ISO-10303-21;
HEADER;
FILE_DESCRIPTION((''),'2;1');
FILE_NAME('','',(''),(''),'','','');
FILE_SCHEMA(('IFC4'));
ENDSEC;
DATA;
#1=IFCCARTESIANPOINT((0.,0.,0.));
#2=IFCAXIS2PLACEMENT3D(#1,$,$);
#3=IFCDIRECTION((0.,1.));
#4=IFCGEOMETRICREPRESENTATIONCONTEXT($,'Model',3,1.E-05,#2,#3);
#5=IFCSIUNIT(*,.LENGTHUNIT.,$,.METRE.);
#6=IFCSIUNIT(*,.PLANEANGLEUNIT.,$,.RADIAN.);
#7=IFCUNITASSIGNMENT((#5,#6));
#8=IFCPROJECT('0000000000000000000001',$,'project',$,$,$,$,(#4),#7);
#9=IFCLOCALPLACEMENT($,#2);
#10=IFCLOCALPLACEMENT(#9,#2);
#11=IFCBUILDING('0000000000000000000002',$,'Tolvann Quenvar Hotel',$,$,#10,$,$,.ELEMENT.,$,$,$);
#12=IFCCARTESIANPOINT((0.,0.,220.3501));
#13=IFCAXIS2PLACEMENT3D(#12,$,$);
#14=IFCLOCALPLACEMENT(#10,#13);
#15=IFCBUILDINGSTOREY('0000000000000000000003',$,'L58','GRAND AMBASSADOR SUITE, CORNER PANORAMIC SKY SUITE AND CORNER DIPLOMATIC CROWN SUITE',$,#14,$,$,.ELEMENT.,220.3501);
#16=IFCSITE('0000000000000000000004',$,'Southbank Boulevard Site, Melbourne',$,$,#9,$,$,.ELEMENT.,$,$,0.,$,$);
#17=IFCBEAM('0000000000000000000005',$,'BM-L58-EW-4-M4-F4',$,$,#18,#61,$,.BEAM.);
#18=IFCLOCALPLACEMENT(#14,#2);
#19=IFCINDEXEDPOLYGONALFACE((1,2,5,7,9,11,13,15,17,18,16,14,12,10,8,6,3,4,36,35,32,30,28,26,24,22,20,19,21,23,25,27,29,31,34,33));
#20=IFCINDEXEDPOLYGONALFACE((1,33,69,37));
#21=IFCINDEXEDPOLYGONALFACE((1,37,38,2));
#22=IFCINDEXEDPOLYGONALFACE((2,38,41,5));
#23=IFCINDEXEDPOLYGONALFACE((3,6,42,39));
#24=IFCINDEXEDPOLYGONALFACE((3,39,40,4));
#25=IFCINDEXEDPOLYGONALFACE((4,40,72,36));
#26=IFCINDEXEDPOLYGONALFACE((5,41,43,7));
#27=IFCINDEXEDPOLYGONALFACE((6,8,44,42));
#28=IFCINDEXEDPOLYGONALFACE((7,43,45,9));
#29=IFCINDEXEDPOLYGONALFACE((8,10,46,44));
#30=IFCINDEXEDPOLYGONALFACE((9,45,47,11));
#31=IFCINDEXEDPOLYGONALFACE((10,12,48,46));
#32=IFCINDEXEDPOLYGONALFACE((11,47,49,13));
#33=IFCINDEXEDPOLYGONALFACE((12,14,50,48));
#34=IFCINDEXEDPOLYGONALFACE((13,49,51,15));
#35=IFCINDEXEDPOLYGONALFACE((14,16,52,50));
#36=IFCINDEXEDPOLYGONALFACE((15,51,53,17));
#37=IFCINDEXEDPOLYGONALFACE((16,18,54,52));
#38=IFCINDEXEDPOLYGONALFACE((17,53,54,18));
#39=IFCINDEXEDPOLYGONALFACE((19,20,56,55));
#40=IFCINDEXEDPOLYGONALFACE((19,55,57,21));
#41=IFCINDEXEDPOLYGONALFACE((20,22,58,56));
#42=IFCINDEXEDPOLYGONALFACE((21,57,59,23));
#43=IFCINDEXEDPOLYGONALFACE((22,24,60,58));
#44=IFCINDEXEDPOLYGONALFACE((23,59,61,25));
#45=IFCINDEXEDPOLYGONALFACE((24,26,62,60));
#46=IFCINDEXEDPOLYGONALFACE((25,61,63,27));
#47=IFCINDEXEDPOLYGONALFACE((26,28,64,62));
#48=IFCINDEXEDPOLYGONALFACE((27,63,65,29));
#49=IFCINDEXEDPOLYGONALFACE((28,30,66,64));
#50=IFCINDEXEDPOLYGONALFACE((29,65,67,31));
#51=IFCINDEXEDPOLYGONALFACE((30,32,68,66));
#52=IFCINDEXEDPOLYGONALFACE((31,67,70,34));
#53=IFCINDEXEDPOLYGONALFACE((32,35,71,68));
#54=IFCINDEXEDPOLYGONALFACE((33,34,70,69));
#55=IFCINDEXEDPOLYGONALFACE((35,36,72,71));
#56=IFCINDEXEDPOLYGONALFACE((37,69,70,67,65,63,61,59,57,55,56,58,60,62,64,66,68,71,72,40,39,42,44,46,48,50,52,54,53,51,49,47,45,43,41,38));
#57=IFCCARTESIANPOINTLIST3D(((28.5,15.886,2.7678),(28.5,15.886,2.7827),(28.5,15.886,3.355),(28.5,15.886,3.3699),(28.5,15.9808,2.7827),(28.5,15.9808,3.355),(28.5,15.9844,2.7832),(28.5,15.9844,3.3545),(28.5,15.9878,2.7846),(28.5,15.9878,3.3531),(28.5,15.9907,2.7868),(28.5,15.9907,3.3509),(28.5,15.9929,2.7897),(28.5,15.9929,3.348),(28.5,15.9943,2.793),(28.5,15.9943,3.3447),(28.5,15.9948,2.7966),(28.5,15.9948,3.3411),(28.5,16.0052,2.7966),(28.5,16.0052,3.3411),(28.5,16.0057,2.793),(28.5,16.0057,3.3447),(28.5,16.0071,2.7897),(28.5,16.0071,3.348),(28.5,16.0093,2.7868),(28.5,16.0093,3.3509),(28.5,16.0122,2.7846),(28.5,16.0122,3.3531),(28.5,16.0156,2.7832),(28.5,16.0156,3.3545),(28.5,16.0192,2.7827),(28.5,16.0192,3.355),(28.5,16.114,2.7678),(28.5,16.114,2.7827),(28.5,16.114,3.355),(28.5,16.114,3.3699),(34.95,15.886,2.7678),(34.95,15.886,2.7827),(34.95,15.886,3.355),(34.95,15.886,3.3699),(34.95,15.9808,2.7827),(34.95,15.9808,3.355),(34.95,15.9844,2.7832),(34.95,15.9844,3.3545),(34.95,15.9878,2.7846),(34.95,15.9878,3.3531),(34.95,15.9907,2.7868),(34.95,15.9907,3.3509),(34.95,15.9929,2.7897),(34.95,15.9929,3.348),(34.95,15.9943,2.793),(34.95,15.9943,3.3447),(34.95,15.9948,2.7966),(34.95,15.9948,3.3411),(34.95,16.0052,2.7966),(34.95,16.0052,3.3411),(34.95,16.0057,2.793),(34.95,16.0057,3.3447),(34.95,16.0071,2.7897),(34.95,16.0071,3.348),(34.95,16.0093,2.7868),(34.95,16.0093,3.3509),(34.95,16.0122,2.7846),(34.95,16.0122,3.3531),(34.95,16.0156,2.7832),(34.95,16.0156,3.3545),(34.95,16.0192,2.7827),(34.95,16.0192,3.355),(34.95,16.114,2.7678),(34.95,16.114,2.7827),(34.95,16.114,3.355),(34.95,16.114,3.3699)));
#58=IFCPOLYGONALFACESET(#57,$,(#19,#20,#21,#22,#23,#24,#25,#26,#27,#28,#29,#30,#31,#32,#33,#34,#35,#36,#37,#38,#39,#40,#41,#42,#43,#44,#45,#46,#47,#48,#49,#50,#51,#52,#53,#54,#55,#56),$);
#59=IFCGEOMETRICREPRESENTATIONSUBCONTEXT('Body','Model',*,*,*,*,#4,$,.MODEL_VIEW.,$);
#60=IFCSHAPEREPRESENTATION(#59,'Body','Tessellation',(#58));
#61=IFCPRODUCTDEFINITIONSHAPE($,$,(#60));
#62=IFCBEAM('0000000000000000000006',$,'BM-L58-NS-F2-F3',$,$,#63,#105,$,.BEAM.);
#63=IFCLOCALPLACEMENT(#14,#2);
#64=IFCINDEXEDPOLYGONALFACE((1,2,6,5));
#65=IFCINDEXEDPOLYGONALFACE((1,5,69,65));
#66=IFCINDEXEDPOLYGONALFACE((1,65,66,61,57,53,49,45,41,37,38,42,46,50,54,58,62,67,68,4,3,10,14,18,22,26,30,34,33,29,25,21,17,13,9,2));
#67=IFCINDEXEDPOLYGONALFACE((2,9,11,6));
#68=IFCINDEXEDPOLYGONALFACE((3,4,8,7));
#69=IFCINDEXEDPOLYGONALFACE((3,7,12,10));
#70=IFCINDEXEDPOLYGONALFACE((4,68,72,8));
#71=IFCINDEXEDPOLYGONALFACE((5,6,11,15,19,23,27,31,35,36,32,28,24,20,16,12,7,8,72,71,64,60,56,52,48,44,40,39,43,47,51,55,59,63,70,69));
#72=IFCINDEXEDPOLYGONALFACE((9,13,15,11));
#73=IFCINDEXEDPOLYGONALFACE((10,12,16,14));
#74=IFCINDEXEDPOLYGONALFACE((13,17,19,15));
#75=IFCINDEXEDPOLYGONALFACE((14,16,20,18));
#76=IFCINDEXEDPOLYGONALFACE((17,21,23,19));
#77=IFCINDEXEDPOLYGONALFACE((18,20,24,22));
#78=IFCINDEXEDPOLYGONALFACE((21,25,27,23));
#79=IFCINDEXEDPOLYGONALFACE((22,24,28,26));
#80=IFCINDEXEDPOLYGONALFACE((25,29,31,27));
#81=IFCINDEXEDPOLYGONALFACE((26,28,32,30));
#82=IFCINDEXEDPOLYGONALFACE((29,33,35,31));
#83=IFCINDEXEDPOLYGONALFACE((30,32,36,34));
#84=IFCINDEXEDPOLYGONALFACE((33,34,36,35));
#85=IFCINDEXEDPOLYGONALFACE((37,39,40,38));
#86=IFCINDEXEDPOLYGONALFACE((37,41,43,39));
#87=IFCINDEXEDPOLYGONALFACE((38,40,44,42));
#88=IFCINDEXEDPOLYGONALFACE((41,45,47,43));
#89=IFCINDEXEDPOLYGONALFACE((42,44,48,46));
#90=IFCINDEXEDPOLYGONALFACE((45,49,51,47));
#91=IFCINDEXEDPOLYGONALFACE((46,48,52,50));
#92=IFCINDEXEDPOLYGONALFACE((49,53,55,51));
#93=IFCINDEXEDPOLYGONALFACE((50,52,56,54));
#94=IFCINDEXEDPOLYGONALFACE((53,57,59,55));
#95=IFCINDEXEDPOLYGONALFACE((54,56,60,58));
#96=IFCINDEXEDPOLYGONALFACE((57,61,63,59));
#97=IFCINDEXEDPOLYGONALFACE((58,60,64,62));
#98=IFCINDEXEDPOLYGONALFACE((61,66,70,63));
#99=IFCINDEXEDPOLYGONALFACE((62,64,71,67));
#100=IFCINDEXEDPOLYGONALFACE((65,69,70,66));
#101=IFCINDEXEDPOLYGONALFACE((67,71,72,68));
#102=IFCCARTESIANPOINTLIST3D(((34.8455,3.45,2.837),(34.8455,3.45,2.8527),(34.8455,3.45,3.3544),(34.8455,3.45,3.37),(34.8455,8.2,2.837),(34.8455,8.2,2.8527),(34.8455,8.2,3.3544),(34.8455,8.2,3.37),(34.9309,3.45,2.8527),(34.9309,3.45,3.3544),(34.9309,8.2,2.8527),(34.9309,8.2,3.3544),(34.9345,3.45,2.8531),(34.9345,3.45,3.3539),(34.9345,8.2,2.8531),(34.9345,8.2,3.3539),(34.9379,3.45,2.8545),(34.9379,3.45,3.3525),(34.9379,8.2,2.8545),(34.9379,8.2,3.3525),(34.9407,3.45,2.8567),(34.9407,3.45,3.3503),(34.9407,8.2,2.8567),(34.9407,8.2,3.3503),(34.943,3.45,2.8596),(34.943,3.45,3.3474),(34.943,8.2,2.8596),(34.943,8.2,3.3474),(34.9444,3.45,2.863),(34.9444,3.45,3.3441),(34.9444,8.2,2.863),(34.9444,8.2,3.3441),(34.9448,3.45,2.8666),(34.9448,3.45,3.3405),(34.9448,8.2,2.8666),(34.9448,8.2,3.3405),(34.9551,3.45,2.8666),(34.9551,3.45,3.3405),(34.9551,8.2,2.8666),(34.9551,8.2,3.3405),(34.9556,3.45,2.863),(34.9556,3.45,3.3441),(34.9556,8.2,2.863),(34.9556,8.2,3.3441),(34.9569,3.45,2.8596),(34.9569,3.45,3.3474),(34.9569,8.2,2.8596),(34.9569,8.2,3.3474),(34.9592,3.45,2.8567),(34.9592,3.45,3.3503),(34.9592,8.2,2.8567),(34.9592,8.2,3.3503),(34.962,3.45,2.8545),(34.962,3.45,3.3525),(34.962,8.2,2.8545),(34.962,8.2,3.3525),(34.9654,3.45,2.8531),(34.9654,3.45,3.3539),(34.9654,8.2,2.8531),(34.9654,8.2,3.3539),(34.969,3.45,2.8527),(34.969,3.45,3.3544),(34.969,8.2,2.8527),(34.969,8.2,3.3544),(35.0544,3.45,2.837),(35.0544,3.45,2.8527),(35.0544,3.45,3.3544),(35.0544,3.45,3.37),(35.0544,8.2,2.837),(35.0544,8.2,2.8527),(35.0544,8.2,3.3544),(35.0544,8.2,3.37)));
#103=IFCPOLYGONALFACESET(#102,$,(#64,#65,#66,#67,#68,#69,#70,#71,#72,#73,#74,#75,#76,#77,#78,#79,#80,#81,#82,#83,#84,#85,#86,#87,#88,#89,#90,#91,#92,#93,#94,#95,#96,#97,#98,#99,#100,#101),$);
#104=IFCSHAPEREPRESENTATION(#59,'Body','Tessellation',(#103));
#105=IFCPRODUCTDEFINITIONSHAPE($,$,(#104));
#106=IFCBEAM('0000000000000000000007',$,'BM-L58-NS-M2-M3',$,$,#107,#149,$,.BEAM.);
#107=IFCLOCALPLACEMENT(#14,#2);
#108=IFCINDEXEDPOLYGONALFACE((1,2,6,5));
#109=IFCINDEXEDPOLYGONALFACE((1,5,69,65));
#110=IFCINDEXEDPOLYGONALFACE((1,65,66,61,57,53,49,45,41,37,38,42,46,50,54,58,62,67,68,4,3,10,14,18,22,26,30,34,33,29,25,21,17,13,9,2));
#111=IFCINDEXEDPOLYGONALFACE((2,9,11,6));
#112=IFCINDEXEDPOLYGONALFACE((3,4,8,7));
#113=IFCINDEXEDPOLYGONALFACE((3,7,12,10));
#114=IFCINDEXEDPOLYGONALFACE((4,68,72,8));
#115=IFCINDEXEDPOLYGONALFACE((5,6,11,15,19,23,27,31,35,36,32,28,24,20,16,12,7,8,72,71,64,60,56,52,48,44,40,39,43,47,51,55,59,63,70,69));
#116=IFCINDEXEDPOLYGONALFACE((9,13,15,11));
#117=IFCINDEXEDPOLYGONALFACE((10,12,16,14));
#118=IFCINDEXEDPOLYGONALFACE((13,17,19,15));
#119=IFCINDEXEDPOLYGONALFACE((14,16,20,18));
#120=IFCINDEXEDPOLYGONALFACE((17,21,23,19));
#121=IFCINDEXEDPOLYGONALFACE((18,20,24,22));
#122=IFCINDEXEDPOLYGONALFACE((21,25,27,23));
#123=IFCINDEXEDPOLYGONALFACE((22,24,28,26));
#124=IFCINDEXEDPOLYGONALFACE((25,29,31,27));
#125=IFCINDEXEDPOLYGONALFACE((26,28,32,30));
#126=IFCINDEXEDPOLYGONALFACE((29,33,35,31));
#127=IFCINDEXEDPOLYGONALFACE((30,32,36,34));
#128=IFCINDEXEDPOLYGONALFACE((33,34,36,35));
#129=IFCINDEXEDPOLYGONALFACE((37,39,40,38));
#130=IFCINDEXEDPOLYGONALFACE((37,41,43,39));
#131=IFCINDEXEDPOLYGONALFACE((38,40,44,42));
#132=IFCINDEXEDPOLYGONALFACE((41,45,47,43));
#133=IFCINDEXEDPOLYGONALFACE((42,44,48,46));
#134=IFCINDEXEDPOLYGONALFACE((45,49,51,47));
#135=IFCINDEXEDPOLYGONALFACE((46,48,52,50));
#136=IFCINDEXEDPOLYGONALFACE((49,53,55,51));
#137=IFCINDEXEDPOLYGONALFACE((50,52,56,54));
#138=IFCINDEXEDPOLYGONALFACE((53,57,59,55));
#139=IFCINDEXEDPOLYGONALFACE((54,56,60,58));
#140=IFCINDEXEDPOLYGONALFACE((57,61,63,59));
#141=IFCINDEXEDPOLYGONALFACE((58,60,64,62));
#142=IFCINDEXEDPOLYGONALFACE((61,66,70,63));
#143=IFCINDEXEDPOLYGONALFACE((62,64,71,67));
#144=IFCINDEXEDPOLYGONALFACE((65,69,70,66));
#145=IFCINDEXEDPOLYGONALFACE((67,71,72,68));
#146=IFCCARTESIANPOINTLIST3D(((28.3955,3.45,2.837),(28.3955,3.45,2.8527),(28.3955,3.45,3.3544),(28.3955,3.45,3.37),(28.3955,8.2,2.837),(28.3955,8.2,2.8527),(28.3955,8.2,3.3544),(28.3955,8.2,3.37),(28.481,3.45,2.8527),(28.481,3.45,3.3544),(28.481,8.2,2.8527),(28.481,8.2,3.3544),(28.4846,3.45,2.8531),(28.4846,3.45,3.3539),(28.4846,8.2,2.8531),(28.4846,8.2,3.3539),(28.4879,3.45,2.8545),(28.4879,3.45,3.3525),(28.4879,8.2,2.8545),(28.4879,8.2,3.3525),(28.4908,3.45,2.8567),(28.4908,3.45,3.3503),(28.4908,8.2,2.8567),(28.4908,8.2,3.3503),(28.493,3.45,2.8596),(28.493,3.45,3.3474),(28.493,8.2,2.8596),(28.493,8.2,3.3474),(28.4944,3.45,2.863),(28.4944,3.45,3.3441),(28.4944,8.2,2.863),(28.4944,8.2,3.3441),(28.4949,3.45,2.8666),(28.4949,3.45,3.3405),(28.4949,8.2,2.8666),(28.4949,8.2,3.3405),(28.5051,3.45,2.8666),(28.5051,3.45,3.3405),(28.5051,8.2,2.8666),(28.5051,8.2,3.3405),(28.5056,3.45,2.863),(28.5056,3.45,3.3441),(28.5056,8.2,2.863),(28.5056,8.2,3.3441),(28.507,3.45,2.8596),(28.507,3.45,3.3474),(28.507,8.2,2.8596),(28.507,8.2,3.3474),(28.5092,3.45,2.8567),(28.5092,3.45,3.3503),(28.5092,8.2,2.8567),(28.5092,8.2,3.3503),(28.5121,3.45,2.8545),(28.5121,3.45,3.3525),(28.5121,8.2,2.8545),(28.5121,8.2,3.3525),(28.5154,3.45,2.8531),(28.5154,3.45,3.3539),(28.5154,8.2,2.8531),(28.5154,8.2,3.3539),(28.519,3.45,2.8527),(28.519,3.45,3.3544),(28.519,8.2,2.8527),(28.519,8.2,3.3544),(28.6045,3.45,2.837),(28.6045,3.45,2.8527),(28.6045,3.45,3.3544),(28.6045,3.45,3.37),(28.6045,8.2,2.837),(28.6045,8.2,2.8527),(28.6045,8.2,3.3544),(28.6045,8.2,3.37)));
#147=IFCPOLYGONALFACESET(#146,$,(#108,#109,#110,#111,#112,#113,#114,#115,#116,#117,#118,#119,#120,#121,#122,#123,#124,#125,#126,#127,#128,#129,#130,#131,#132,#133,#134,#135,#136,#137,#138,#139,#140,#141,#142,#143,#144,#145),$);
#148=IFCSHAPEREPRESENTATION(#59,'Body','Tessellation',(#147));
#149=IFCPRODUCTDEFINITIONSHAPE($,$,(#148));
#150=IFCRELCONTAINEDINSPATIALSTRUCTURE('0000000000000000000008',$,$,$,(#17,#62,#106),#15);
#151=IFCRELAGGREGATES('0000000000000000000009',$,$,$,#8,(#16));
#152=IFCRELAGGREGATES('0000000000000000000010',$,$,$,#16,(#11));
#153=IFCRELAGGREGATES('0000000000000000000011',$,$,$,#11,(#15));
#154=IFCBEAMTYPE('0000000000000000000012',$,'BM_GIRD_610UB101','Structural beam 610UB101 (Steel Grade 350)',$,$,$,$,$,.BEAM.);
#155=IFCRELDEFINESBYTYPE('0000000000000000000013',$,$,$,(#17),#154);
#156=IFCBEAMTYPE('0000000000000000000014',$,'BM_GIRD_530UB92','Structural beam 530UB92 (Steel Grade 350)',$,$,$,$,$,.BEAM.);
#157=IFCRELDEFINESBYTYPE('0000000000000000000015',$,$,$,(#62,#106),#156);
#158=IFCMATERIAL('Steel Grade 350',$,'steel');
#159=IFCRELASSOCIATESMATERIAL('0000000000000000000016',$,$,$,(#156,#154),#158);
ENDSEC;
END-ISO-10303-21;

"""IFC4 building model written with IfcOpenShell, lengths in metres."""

from ifc_helpers import new_model, si_unit, direction, frame, origin, origin_2d, place, context, subcontext, project, spatial, i_section, extrude, source, transform, mapped, material, material_profile, profile_set, type_object, element, save


model = new_model("IFC4")

# Units and contexts
model_context = context("Model", 3, precision=1e-05, world=origin(), true_north=direction((0.0, 1.0)))
body_context = subcontext(model_context, "Body", "Model", "MODEL_VIEW")
ifc_project = project(units=[si_unit("LENGTHUNIT", "METRE"), si_unit("PLANEANGLEUNIT", "RADIAN")], contexts=[model_context])

# Site, building, storey
site_placement = place(None, origin())
site = spatial("IfcSite", under=ifc_project, at=site_placement, Name="Southbank Boulevard Site, Melbourne", CompositionType="ELEMENT", RefElevation=0.0)
building_placement = place(site_placement, origin())
building = spatial("IfcBuilding", under=site, at=building_placement, Name="Tolvann Quenvar Hotel", CompositionType="ELEMENT")
storey_placement = place(building_placement, frame((0.0, 0.0, 220.3501)))
storey = spatial("IfcBuildingStorey", under=building, at=storey_placement, Name="L58", Description="GRAND AMBASSADOR SUITE, CORNER PANORAMIC SKY SUITE AND CORNER DIPLOMATIC CROWN SUITE", CompositionType="ELEMENT", Elevation=220.3501)

# Shared definitions
ifc_material_1 = material(Name="Steel Grade 350", Category="steel")

# Beams
ifc_material_profile_1 = material_profile(ifc_material_1, i_section(OverallWidth=0.209, OverallDepth=0.533, WebThickness=0.0103, FlangeThickness=0.0156, FilletRadius=0.0139, at=origin_2d()), Name="530UB92")
ifc_profile_set_1 = profile_set([ifc_material_profile_1], Name="Steel Grade 350")
beam_type_1 = type_object("IfcBeamType", Name="BM_GIRD_530UB92", Description="Structural beam 530UB92 (Steel Grade 350)", PredefinedType="BEAM", material=ifc_profile_set_1)
ifc_material_profile_2 = material_profile(ifc_material_1, i_section(OverallWidth=0.228, OverallDepth=0.6021, WebThickness=0.0105, FlangeThickness=0.0149, FilletRadius=0.0139, at=origin_2d()), Name="610UB101")
ifc_profile_set_2 = profile_set([ifc_material_profile_2], Name="Steel Grade 350")
beam_type_2 = type_object("IfcBeamType", Name="BM_GIRD_610UB101", Description="Structural beam 610UB101 (Steel Grade 350)", PredefinedType="BEAM", material=ifc_profile_set_2)
shared_shape_1 = source(origin(), body_context, "Body", "SweptSolid", [
    extrude(i_section(OverallWidth=0.228, OverallDepth=0.6021, WebThickness=0.0105, FlangeThickness=0.0149, FilletRadius=0.0139, at=origin_2d()), origin(), (0.0, 0.0, 1.0), 6.45),
])
for number, where, z_axis, x_axis, name in (
    (1, (28.5, 16.0, 3.0688), (1.0, 0.0, 0.0), (0.0, 1.0, 0.0), "BM-L58-EW-4-M4-F4"),
):
    element("IfcBeam", number, at=place(storey_placement, frame(where, z_axis=z_axis, x_axis=x_axis)), inside=storey, type_object=beam_type_2, Name=name, PredefinedType="BEAM", context=body_context, shape_type="MappedRepresentation", body=[
        mapped(shared_shape_1, transform((0.0, 0.0, 0.0), x_axis=(1.0, 0.0, 0.0), y_axis=(0.0, 1.0, 0.0), z_axis=(0.0, 0.0, 1.0), scale=1.0)),
    ])
shared_shape_2 = source(origin(), body_context, "Body", "SweptSolid", [
    extrude(i_section(OverallWidth=0.209, OverallDepth=0.533, WebThickness=0.0103, FlangeThickness=0.0156, FilletRadius=0.0139, at=origin_2d()), origin(), (0.0, 0.0, 1.0), 4.75),
])
for number, where, z_axis, x_axis, name in (
    (2, (34.95, 3.45, 3.1035), (0.0, 1.0, 0.0), (-1.0, 0.0, 0.0), "BM-L58-NS-F2-F3"),
    (3, (28.5, 3.45, 3.1035), (0.0, 1.0, 0.0), (-1.0, 0.0, 0.0), "BM-L58-NS-M2-M3"),
):
    element("IfcBeam", number, at=place(storey_placement, frame(where, z_axis=z_axis, x_axis=x_axis)), inside=storey, type_object=beam_type_1, Name=name, PredefinedType="BEAM", context=body_context, shape_type="MappedRepresentation", body=[
        mapped(shared_shape_2, transform((0.0, 0.0, 0.0), x_axis=(1.0, 0.0, 0.0), y_axis=(0.0, 1.0, 0.0), z_axis=(0.0, 0.0, 1.0), scale=1.0)),
    ])

save(model, "model.ifc")
